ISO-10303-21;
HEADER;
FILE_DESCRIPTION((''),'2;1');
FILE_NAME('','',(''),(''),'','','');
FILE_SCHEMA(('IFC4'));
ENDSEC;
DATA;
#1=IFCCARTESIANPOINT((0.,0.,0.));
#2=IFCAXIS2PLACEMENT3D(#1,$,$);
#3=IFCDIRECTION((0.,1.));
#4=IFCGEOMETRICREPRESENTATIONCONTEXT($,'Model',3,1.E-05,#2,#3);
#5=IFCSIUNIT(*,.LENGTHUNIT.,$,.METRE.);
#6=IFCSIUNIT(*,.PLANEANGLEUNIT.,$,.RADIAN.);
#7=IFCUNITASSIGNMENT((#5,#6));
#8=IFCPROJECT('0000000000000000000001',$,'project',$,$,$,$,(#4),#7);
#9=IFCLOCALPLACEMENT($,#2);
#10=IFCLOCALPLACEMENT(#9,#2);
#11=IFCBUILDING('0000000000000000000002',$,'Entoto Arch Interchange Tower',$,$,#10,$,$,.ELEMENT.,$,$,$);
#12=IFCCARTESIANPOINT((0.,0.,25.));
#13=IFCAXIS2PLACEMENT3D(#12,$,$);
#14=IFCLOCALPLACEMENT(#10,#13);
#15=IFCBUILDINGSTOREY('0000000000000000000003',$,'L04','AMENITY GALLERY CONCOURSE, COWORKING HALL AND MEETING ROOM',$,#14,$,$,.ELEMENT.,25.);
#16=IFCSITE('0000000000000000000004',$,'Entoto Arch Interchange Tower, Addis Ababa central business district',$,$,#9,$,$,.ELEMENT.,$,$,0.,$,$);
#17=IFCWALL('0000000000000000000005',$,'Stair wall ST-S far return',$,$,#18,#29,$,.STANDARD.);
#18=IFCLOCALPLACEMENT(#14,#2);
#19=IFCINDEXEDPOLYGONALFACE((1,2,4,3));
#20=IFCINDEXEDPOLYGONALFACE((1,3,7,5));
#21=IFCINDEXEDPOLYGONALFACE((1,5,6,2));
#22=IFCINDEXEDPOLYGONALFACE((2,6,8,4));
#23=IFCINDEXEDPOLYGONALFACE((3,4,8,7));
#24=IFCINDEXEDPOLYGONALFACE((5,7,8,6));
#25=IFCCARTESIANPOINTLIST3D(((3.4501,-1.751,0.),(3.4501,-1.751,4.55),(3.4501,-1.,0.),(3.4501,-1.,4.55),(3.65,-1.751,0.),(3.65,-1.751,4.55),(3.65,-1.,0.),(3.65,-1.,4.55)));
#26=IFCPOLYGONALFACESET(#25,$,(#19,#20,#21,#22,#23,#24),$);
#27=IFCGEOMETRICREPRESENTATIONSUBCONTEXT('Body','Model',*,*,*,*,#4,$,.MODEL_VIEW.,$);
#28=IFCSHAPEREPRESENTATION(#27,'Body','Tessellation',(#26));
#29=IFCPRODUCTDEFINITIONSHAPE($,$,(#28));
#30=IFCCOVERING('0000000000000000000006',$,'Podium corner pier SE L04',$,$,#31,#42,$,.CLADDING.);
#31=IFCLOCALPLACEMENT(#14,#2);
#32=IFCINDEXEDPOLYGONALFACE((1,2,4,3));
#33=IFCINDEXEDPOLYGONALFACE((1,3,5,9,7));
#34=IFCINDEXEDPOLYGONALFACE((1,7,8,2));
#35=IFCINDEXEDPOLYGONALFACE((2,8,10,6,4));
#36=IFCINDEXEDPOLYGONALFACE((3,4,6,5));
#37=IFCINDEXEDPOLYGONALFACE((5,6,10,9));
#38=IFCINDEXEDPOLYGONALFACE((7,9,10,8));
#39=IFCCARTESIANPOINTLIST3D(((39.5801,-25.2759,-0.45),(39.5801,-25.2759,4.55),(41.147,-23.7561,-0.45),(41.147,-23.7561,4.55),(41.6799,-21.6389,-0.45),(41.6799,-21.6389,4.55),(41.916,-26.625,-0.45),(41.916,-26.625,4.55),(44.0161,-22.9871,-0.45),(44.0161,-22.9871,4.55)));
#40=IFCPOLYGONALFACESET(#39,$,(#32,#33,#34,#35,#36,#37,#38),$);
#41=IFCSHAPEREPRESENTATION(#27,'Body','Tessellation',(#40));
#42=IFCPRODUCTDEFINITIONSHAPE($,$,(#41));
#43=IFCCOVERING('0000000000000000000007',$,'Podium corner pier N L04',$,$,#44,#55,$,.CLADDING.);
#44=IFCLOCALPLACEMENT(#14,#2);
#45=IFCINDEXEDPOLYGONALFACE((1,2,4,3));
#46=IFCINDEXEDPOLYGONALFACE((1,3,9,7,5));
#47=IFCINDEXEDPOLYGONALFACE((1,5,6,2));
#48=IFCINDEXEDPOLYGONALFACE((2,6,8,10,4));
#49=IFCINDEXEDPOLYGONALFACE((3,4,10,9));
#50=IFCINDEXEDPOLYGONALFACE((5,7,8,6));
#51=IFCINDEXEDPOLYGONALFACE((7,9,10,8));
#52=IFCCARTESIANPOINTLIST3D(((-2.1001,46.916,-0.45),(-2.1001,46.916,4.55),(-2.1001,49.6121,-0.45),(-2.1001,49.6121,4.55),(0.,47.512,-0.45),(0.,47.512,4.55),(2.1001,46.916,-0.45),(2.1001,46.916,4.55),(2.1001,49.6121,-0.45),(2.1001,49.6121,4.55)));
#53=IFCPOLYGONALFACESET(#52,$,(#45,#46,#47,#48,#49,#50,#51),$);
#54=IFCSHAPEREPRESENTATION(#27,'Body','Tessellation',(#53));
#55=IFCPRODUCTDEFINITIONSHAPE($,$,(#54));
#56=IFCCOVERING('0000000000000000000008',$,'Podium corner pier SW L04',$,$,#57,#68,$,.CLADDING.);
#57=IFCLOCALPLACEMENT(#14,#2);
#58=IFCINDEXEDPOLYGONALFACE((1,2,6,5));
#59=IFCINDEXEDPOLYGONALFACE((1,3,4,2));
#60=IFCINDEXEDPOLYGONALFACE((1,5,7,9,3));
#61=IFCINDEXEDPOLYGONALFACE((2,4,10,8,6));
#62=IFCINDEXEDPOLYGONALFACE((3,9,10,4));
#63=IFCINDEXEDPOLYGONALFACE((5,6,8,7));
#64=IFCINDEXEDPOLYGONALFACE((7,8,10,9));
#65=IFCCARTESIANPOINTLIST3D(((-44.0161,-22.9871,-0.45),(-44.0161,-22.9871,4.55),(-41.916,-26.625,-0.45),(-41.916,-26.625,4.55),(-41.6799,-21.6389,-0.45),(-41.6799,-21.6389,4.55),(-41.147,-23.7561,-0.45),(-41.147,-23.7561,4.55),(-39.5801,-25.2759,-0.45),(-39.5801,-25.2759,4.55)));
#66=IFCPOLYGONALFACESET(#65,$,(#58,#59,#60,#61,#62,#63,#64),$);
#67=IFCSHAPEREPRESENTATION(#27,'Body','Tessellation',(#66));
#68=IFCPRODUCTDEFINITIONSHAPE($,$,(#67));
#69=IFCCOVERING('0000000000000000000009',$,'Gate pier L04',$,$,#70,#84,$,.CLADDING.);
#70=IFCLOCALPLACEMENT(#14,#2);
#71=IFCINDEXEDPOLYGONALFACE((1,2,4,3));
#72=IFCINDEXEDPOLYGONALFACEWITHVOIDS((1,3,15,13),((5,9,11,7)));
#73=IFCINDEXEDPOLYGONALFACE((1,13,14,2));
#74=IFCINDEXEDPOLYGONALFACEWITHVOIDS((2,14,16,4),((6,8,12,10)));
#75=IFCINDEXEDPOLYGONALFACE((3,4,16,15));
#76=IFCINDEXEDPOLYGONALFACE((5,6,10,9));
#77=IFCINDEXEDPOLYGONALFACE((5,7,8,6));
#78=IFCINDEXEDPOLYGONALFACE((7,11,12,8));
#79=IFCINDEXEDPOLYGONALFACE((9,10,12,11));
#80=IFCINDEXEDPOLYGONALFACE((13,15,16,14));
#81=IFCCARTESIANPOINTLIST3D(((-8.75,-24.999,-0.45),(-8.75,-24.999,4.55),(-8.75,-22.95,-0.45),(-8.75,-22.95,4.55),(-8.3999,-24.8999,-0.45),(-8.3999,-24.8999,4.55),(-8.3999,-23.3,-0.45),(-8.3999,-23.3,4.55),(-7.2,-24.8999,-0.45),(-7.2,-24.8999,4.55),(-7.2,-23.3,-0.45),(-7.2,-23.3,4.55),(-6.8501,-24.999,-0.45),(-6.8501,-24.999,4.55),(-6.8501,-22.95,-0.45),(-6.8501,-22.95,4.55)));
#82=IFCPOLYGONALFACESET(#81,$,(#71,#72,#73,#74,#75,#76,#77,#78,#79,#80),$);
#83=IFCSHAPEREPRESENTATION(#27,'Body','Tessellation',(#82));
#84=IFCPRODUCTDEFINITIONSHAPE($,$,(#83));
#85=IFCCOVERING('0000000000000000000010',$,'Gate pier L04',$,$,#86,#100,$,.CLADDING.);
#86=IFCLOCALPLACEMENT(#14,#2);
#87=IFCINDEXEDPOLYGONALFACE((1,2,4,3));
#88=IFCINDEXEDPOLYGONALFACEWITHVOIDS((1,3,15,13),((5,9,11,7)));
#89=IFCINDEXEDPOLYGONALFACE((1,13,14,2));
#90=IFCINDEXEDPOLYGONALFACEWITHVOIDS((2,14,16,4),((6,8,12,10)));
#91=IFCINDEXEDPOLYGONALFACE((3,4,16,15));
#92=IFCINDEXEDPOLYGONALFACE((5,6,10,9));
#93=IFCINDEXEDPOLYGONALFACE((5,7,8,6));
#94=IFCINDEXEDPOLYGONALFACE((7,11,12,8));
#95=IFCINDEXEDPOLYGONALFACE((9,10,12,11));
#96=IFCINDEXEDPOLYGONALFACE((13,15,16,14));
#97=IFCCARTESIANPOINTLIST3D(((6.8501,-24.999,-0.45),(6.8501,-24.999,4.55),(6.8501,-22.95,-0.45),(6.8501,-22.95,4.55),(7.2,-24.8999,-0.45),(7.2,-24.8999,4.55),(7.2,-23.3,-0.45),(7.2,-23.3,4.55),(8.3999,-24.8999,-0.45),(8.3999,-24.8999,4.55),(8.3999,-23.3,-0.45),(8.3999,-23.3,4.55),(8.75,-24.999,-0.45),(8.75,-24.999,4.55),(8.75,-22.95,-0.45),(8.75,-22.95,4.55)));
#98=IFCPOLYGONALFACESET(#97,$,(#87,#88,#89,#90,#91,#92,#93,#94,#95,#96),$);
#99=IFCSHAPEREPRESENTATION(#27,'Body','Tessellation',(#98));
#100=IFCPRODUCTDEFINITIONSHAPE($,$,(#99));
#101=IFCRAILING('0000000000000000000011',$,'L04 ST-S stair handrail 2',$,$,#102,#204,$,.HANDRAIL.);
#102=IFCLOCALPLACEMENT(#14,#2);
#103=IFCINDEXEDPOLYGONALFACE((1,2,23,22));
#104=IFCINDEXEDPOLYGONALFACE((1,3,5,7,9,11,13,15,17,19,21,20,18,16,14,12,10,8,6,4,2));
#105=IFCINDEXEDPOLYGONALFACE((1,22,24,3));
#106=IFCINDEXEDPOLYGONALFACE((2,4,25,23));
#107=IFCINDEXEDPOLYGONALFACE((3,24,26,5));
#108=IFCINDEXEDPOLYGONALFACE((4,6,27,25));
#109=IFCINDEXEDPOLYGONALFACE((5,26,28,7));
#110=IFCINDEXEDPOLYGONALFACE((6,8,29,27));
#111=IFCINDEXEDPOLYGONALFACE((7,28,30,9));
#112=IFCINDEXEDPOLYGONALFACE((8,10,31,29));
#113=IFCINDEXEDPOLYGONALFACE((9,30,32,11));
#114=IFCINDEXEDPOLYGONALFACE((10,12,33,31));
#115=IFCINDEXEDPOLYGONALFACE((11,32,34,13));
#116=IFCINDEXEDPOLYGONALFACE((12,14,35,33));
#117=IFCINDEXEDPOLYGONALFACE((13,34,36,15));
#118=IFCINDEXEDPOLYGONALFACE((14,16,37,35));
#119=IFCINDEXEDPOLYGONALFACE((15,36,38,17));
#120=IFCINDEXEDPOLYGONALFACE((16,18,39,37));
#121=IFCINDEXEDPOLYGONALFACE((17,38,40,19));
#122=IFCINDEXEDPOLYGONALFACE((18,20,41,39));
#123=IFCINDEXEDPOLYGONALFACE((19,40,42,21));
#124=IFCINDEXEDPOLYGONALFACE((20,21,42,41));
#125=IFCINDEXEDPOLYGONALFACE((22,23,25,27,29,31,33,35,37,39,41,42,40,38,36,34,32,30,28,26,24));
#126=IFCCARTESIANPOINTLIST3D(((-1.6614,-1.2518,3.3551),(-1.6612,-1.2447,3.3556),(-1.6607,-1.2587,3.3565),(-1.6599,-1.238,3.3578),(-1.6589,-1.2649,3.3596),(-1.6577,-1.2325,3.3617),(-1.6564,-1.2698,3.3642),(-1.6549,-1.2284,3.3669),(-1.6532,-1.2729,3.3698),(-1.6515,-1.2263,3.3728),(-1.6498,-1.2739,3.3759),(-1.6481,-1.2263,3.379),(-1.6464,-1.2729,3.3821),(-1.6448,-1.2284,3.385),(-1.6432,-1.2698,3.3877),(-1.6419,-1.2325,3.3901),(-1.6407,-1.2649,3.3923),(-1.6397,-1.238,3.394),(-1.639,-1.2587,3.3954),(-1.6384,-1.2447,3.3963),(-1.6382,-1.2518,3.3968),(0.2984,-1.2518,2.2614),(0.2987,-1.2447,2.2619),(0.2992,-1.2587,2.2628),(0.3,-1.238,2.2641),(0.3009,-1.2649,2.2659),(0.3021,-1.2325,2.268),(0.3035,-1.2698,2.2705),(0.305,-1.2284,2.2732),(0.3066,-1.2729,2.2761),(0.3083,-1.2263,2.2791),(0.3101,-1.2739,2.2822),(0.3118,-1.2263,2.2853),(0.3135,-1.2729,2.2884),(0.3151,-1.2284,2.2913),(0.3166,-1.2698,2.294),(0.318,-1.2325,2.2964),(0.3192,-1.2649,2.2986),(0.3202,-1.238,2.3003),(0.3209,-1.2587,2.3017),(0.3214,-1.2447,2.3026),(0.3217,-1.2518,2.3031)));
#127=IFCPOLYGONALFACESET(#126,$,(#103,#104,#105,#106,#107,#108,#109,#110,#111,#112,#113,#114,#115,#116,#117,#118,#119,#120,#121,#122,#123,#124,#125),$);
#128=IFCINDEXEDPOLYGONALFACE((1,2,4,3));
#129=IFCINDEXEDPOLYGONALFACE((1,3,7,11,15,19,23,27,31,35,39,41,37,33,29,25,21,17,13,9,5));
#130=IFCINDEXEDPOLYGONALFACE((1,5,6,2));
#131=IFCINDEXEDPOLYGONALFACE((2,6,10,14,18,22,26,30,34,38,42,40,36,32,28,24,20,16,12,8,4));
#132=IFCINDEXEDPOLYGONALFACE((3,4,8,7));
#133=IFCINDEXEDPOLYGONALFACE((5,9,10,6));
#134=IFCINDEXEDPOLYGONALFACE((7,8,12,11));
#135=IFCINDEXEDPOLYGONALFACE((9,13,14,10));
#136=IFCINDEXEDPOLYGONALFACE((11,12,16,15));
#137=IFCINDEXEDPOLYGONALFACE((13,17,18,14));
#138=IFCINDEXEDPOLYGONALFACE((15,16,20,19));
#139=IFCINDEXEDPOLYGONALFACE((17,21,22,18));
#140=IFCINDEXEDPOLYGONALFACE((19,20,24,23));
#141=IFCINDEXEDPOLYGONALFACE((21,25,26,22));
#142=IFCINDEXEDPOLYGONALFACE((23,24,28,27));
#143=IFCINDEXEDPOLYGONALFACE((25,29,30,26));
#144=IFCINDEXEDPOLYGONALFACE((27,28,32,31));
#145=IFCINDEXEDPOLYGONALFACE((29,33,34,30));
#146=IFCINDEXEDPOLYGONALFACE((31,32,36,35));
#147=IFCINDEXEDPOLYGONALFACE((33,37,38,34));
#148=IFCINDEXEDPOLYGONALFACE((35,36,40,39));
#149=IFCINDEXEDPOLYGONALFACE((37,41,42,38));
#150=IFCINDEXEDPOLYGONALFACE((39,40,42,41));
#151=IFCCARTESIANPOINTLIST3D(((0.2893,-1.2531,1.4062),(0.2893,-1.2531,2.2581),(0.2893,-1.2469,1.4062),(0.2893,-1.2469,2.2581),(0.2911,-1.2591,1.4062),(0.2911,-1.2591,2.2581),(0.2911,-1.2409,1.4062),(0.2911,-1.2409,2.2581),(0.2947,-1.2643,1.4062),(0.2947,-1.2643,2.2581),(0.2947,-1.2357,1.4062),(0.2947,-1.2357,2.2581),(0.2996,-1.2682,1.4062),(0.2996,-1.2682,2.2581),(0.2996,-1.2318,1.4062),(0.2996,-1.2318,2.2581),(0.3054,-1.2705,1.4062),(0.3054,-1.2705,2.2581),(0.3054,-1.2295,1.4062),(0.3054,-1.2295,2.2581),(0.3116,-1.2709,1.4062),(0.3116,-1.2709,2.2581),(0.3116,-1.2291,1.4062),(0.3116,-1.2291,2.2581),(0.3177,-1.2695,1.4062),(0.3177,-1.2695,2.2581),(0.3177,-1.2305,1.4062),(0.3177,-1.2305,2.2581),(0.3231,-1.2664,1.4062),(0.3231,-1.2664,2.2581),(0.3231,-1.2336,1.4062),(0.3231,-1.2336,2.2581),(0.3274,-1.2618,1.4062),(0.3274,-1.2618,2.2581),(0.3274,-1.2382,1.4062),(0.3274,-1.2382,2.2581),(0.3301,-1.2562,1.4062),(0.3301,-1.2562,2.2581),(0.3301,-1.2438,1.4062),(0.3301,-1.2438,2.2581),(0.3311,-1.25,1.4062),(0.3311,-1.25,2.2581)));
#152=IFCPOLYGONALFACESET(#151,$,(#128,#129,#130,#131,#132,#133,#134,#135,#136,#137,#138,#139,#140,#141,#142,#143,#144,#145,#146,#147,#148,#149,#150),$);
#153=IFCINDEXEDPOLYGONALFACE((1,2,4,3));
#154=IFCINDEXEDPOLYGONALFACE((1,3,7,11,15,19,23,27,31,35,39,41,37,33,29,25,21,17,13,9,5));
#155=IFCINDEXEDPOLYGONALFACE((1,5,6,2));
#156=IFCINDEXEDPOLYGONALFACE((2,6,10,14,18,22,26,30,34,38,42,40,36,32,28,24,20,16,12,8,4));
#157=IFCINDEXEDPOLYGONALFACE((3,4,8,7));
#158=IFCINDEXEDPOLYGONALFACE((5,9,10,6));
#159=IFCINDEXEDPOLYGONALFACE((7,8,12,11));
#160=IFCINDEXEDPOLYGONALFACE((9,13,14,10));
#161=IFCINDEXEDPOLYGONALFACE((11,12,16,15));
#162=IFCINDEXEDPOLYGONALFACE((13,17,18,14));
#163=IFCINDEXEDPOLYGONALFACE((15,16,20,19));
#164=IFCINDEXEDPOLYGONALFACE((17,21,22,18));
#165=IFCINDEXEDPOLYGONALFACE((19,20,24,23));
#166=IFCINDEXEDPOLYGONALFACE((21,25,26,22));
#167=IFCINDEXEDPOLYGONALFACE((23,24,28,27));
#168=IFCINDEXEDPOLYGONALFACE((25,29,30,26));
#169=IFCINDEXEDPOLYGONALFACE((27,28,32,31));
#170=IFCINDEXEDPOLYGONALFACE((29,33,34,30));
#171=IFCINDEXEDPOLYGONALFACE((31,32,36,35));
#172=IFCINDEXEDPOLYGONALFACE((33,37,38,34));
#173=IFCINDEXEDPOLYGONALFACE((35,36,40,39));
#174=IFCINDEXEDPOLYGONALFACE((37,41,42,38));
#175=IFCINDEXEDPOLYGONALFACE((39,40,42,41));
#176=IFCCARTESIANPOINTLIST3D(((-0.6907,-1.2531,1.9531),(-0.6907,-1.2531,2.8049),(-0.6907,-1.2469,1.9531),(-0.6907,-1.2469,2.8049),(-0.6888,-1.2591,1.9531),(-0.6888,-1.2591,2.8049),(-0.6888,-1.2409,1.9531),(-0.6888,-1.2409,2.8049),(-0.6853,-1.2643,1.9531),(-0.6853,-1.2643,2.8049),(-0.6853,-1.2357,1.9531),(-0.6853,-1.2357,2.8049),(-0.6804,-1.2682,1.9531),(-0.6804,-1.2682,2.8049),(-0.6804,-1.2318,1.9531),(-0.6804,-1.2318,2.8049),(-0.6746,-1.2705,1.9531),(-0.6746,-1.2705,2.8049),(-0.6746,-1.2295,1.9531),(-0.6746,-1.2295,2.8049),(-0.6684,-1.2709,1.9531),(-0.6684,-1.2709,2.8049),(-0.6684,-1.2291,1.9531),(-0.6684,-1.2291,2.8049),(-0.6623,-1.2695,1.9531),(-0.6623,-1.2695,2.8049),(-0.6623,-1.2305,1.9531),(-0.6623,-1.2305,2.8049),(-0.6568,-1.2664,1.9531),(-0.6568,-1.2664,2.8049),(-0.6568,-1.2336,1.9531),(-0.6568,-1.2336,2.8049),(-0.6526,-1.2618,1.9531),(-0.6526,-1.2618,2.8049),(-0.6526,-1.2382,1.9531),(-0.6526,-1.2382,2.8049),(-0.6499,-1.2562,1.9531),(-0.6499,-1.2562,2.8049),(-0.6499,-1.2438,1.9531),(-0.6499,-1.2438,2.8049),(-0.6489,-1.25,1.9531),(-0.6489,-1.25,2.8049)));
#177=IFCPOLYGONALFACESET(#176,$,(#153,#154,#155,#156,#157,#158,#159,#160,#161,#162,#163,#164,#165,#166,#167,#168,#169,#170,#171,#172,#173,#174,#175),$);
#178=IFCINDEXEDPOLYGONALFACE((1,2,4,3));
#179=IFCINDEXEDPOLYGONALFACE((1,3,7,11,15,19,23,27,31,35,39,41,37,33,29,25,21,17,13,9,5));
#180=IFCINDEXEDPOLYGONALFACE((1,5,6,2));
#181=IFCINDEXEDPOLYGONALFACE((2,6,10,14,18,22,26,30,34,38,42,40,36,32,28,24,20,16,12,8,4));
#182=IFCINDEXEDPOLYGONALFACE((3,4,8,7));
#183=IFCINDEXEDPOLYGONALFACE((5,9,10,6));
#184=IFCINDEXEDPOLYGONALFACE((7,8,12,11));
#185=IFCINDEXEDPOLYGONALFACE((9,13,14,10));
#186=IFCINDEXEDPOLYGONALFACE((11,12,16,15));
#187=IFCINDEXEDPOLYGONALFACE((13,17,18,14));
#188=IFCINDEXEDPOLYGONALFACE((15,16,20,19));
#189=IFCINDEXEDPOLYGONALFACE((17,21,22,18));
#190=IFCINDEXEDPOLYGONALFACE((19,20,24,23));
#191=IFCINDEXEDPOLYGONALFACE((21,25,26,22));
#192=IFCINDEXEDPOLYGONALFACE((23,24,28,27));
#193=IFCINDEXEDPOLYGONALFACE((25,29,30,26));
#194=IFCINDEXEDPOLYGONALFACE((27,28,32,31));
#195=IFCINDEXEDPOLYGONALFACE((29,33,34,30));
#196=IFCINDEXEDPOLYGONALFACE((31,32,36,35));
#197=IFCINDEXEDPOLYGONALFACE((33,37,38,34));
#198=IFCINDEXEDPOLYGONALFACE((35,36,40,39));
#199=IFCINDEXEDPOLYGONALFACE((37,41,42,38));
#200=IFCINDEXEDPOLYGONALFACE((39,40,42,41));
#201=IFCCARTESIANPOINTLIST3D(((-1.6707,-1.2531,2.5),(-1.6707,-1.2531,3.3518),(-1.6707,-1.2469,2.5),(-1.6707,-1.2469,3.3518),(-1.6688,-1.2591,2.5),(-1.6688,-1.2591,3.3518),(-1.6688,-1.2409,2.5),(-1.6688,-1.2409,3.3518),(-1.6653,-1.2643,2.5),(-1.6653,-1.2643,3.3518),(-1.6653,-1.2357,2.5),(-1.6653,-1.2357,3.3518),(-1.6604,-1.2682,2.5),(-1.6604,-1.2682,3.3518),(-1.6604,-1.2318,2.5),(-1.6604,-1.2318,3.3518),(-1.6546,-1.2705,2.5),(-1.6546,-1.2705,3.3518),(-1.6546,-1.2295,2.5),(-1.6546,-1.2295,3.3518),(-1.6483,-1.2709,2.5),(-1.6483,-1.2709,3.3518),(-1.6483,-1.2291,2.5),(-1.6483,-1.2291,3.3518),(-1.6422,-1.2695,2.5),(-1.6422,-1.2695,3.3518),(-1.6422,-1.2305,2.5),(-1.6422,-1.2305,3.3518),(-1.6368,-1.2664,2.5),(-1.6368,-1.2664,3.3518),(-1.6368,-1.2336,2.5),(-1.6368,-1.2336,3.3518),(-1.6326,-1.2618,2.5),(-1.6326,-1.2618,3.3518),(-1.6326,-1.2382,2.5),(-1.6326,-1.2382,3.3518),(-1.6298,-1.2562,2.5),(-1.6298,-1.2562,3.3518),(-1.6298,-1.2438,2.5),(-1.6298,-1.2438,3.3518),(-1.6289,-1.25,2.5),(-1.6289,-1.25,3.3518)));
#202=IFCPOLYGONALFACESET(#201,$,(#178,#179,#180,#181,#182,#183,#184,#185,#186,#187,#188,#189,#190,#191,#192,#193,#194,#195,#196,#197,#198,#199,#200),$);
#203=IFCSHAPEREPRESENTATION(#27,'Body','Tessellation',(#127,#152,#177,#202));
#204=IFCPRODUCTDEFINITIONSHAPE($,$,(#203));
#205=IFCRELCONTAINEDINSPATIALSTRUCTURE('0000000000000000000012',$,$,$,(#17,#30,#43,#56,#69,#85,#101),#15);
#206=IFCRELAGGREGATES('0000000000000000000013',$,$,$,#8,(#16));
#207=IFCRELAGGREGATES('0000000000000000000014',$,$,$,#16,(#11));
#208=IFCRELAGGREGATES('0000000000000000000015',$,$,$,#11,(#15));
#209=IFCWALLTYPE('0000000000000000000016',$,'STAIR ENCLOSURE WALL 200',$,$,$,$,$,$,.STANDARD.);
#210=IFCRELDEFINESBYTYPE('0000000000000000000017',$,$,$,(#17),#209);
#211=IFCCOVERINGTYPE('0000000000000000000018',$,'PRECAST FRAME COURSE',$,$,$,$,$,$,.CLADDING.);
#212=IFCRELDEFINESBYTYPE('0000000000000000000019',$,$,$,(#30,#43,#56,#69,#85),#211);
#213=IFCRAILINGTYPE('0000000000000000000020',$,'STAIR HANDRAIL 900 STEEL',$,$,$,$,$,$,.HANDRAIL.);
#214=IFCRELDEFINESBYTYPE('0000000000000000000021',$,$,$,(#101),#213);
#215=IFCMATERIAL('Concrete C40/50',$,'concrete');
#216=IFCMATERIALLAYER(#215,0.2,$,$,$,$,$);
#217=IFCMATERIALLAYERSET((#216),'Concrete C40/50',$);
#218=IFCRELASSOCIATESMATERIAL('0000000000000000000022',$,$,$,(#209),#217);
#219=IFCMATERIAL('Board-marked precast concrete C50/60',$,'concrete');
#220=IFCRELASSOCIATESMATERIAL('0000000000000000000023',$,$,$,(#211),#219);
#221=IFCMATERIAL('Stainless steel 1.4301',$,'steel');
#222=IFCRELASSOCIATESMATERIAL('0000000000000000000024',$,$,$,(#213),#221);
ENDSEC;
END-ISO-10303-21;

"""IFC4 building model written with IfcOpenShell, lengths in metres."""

from ifc_helpers import new_model, si_unit, direction, frame, frame_2d, origin, origin_2d, place, context, subcontext, project, spatial, polyline, rectangle, circle, outline, extrude, material, layer, layer_set, type_object, element, save


model = new_model("IFC4")

# Units and contexts
model_context = context("Model", 3, precision=1e-05, world=origin(), true_north=direction((0.0, 1.0)))
body_context = subcontext(model_context, "Body", "Model", "MODEL_VIEW")
ifc_project = project(units=[si_unit("LENGTHUNIT", "METRE"), si_unit("PLANEANGLEUNIT", "RADIAN")], contexts=[model_context])

# Site, building, storey
site_placement = place(None, origin())
site = spatial("IfcSite", under=ifc_project, at=site_placement, Name="Entoto Arch Interchange Tower, Addis Ababa central business district", CompositionType="ELEMENT", RefElevation=0.0)
building_placement = place(site_placement, origin())
building = spatial("IfcBuilding", under=site, at=building_placement, Name="Entoto Arch Interchange Tower", CompositionType="ELEMENT")
storey_placement = place(building_placement, frame((0.0, 0.0, 25.0)))
storey = spatial("IfcBuildingStorey", under=building, at=storey_placement, Name="L04", Description="AMENITY GALLERY CONCOURSE, COWORKING HALL AND MEETING ROOM", CompositionType="ELEMENT", Elevation=25.0)

# Shared definitions
ifc_material_1 = material(Name="Concrete C40/50", Category="concrete")

# Wall
ifc_layer_1 = layer(ifc_material_1, 0.2)
ifc_layer_set_1 = layer_set([ifc_layer_1], Name="Concrete C40/50")
wall_type_1 = type_object("IfcWallType", Name="STAIR ENCLOSURE WALL 200", PredefinedType="STANDARD", material=ifc_layer_set_1)
wall_1_placement = place(storey_placement, frame((3.55, -1.0, 0.0), z_axis=(0.0, 0.0, 1.0), x_axis=(0.0, -1.0, 0.0)))
element("IfcWall", 1, at=wall_1_placement, inside=storey, type_object=wall_type_1, Name="Stair wall ST-S far return", PredefinedType="STANDARD", context=body_context, shape_type="SweptSolid", body=[
    extrude(rectangle(XDim=0.751, YDim=0.2, at=frame_2d((0.3755, 0.0))), origin(), (0.0, 0.0, 1.0), 4.55),
])

# Coverings
ifc_material_2 = material(Name="Board-marked precast concrete C50/60", Category="concrete")
covering_type = type_object("IfcCoveringType", Name="PRECAST FRAME COURSE", PredefinedType="CLADDING", material=ifc_material_2)
covering_1_placement = place(storey_placement, frame((0.0, 0.0, -0.45)))
element("IfcCovering", 2, at=covering_1_placement, inside=storey, type_object=covering_type, Name="Podium corner pier SE L04", PredefinedType="CLADDING", context=body_context, shape_type="SweptSolid", body=[
    extrude(outline(polyline([(41.916, -26.625), (39.5801, -25.2759), (41.147, -23.7561), (41.6799, -21.6389), (44.0161, -22.9871), (41.916, -26.625)])), origin(), (0.0, 0.0, 1.0), 5.0),
])
covering_2_placement = place(storey_placement, frame((0.0, 0.0, -0.45)))
element("IfcCovering", 3, at=covering_2_placement, inside=storey, type_object=covering_type, Name="Podium corner pier N L04", PredefinedType="CLADDING", context=body_context, shape_type="SweptSolid", body=[
    extrude(outline(polyline([(2.1001, 49.6121), (2.1001, 46.916), (0.0, 47.512), (-2.1001, 46.916), (-2.1001, 49.6121), (2.1001, 49.6121)])), origin(), (0.0, 0.0, 1.0), 5.0),
])
covering_3_placement = place(storey_placement, frame((0.0, 0.0, -0.45)))
element("IfcCovering", 4, at=covering_3_placement, inside=storey, type_object=covering_type, Name="Podium corner pier SW L04", PredefinedType="CLADDING", context=body_context, shape_type="SweptSolid", body=[
    extrude(outline(polyline([(-44.0161, -22.9871), (-41.6799, -21.6389), (-41.147, -23.7561), (-39.5801, -25.2759), (-41.916, -26.625), (-44.0161, -22.9871)])), origin(), (0.0, 0.0, 1.0), 5.0),
])
covering_4_placement = place(storey_placement, frame((0.0, 0.0, -0.45)))
element("IfcCovering", 5, at=covering_4_placement, inside=storey, type_object=covering_type, Name="Gate pier L04", PredefinedType="CLADDING", context=body_context, shape_type="SweptSolid", body=[
    extrude(outline(polyline([(-8.75, -22.95), (-6.8501, -22.95), (-6.8501, -24.999), (-8.75, -24.999), (-8.75, -22.95)]), holes=[polyline([(-8.3999, -23.3), (-8.3999, -24.8999), (-7.2, -24.8999), (-7.2, -23.3), (-8.3999, -23.3)])]), origin(), (0.0, 0.0, 1.0), 5.0),
])
covering_5_placement = place(storey_placement, frame((0.0, 0.0, -0.45)))
element("IfcCovering", 6, at=covering_5_placement, inside=storey, type_object=covering_type, Name="Gate pier L04", PredefinedType="CLADDING", context=body_context, shape_type="SweptSolid", body=[
    extrude(outline(polyline([(6.8501, -22.95), (8.75, -22.95), (8.75, -24.999), (6.8501, -24.999), (6.8501, -22.95)]), holes=[polyline([(7.2, -23.3), (7.2, -24.8999), (8.3999, -24.8999), (8.3999, -23.3), (7.2, -23.3)])]), origin(), (0.0, 0.0, 1.0), 5.0),
])

# Railing
ifc_material_3 = material(Name="Stainless steel 1.4301", Category="steel")
railing_type = type_object("IfcRailingType", Name="STAIR HANDRAIL 900 STEEL", PredefinedType="HANDRAIL", material=ifc_material_3)
for number, where, name in (
    (7, (0.3101, -1.25, 1.4062), "L04 ST-S stair handrail 2"),
):
    element("IfcRailing", number, at=place(storey_placement, frame(where)), inside=storey, type_object=railing_type, Name=name, PredefinedType="HANDRAIL", context=body_context, shape_type="SweptSolid", body=[
        extrude(circle(Radius=0.0239, at=origin_2d()), frame((0.0, 0.0, 0.876), z_axis=(-0.873232, 0.0, 0.487304), x_axis=(0.0, -1.0, 0.0)), (0.0, 0.0, 1.0), 2.2444),
        extrude(circle(Radius=0.021, at=origin_2d()), origin(), (0.0, 0.0, 1.0), 0.8518),
        extrude(circle(Radius=0.021, at=origin_2d()), frame((-0.98, 0.0, 0.5469)), (0.0, 0.0, 1.0), 0.8518),
        extrude(circle(Radius=0.021, at=origin_2d()), frame((-1.96, 0.0, 1.0938)), (0.0, 0.0, 1.0), 0.8518),
    ])

save(model, "model.ifc")
